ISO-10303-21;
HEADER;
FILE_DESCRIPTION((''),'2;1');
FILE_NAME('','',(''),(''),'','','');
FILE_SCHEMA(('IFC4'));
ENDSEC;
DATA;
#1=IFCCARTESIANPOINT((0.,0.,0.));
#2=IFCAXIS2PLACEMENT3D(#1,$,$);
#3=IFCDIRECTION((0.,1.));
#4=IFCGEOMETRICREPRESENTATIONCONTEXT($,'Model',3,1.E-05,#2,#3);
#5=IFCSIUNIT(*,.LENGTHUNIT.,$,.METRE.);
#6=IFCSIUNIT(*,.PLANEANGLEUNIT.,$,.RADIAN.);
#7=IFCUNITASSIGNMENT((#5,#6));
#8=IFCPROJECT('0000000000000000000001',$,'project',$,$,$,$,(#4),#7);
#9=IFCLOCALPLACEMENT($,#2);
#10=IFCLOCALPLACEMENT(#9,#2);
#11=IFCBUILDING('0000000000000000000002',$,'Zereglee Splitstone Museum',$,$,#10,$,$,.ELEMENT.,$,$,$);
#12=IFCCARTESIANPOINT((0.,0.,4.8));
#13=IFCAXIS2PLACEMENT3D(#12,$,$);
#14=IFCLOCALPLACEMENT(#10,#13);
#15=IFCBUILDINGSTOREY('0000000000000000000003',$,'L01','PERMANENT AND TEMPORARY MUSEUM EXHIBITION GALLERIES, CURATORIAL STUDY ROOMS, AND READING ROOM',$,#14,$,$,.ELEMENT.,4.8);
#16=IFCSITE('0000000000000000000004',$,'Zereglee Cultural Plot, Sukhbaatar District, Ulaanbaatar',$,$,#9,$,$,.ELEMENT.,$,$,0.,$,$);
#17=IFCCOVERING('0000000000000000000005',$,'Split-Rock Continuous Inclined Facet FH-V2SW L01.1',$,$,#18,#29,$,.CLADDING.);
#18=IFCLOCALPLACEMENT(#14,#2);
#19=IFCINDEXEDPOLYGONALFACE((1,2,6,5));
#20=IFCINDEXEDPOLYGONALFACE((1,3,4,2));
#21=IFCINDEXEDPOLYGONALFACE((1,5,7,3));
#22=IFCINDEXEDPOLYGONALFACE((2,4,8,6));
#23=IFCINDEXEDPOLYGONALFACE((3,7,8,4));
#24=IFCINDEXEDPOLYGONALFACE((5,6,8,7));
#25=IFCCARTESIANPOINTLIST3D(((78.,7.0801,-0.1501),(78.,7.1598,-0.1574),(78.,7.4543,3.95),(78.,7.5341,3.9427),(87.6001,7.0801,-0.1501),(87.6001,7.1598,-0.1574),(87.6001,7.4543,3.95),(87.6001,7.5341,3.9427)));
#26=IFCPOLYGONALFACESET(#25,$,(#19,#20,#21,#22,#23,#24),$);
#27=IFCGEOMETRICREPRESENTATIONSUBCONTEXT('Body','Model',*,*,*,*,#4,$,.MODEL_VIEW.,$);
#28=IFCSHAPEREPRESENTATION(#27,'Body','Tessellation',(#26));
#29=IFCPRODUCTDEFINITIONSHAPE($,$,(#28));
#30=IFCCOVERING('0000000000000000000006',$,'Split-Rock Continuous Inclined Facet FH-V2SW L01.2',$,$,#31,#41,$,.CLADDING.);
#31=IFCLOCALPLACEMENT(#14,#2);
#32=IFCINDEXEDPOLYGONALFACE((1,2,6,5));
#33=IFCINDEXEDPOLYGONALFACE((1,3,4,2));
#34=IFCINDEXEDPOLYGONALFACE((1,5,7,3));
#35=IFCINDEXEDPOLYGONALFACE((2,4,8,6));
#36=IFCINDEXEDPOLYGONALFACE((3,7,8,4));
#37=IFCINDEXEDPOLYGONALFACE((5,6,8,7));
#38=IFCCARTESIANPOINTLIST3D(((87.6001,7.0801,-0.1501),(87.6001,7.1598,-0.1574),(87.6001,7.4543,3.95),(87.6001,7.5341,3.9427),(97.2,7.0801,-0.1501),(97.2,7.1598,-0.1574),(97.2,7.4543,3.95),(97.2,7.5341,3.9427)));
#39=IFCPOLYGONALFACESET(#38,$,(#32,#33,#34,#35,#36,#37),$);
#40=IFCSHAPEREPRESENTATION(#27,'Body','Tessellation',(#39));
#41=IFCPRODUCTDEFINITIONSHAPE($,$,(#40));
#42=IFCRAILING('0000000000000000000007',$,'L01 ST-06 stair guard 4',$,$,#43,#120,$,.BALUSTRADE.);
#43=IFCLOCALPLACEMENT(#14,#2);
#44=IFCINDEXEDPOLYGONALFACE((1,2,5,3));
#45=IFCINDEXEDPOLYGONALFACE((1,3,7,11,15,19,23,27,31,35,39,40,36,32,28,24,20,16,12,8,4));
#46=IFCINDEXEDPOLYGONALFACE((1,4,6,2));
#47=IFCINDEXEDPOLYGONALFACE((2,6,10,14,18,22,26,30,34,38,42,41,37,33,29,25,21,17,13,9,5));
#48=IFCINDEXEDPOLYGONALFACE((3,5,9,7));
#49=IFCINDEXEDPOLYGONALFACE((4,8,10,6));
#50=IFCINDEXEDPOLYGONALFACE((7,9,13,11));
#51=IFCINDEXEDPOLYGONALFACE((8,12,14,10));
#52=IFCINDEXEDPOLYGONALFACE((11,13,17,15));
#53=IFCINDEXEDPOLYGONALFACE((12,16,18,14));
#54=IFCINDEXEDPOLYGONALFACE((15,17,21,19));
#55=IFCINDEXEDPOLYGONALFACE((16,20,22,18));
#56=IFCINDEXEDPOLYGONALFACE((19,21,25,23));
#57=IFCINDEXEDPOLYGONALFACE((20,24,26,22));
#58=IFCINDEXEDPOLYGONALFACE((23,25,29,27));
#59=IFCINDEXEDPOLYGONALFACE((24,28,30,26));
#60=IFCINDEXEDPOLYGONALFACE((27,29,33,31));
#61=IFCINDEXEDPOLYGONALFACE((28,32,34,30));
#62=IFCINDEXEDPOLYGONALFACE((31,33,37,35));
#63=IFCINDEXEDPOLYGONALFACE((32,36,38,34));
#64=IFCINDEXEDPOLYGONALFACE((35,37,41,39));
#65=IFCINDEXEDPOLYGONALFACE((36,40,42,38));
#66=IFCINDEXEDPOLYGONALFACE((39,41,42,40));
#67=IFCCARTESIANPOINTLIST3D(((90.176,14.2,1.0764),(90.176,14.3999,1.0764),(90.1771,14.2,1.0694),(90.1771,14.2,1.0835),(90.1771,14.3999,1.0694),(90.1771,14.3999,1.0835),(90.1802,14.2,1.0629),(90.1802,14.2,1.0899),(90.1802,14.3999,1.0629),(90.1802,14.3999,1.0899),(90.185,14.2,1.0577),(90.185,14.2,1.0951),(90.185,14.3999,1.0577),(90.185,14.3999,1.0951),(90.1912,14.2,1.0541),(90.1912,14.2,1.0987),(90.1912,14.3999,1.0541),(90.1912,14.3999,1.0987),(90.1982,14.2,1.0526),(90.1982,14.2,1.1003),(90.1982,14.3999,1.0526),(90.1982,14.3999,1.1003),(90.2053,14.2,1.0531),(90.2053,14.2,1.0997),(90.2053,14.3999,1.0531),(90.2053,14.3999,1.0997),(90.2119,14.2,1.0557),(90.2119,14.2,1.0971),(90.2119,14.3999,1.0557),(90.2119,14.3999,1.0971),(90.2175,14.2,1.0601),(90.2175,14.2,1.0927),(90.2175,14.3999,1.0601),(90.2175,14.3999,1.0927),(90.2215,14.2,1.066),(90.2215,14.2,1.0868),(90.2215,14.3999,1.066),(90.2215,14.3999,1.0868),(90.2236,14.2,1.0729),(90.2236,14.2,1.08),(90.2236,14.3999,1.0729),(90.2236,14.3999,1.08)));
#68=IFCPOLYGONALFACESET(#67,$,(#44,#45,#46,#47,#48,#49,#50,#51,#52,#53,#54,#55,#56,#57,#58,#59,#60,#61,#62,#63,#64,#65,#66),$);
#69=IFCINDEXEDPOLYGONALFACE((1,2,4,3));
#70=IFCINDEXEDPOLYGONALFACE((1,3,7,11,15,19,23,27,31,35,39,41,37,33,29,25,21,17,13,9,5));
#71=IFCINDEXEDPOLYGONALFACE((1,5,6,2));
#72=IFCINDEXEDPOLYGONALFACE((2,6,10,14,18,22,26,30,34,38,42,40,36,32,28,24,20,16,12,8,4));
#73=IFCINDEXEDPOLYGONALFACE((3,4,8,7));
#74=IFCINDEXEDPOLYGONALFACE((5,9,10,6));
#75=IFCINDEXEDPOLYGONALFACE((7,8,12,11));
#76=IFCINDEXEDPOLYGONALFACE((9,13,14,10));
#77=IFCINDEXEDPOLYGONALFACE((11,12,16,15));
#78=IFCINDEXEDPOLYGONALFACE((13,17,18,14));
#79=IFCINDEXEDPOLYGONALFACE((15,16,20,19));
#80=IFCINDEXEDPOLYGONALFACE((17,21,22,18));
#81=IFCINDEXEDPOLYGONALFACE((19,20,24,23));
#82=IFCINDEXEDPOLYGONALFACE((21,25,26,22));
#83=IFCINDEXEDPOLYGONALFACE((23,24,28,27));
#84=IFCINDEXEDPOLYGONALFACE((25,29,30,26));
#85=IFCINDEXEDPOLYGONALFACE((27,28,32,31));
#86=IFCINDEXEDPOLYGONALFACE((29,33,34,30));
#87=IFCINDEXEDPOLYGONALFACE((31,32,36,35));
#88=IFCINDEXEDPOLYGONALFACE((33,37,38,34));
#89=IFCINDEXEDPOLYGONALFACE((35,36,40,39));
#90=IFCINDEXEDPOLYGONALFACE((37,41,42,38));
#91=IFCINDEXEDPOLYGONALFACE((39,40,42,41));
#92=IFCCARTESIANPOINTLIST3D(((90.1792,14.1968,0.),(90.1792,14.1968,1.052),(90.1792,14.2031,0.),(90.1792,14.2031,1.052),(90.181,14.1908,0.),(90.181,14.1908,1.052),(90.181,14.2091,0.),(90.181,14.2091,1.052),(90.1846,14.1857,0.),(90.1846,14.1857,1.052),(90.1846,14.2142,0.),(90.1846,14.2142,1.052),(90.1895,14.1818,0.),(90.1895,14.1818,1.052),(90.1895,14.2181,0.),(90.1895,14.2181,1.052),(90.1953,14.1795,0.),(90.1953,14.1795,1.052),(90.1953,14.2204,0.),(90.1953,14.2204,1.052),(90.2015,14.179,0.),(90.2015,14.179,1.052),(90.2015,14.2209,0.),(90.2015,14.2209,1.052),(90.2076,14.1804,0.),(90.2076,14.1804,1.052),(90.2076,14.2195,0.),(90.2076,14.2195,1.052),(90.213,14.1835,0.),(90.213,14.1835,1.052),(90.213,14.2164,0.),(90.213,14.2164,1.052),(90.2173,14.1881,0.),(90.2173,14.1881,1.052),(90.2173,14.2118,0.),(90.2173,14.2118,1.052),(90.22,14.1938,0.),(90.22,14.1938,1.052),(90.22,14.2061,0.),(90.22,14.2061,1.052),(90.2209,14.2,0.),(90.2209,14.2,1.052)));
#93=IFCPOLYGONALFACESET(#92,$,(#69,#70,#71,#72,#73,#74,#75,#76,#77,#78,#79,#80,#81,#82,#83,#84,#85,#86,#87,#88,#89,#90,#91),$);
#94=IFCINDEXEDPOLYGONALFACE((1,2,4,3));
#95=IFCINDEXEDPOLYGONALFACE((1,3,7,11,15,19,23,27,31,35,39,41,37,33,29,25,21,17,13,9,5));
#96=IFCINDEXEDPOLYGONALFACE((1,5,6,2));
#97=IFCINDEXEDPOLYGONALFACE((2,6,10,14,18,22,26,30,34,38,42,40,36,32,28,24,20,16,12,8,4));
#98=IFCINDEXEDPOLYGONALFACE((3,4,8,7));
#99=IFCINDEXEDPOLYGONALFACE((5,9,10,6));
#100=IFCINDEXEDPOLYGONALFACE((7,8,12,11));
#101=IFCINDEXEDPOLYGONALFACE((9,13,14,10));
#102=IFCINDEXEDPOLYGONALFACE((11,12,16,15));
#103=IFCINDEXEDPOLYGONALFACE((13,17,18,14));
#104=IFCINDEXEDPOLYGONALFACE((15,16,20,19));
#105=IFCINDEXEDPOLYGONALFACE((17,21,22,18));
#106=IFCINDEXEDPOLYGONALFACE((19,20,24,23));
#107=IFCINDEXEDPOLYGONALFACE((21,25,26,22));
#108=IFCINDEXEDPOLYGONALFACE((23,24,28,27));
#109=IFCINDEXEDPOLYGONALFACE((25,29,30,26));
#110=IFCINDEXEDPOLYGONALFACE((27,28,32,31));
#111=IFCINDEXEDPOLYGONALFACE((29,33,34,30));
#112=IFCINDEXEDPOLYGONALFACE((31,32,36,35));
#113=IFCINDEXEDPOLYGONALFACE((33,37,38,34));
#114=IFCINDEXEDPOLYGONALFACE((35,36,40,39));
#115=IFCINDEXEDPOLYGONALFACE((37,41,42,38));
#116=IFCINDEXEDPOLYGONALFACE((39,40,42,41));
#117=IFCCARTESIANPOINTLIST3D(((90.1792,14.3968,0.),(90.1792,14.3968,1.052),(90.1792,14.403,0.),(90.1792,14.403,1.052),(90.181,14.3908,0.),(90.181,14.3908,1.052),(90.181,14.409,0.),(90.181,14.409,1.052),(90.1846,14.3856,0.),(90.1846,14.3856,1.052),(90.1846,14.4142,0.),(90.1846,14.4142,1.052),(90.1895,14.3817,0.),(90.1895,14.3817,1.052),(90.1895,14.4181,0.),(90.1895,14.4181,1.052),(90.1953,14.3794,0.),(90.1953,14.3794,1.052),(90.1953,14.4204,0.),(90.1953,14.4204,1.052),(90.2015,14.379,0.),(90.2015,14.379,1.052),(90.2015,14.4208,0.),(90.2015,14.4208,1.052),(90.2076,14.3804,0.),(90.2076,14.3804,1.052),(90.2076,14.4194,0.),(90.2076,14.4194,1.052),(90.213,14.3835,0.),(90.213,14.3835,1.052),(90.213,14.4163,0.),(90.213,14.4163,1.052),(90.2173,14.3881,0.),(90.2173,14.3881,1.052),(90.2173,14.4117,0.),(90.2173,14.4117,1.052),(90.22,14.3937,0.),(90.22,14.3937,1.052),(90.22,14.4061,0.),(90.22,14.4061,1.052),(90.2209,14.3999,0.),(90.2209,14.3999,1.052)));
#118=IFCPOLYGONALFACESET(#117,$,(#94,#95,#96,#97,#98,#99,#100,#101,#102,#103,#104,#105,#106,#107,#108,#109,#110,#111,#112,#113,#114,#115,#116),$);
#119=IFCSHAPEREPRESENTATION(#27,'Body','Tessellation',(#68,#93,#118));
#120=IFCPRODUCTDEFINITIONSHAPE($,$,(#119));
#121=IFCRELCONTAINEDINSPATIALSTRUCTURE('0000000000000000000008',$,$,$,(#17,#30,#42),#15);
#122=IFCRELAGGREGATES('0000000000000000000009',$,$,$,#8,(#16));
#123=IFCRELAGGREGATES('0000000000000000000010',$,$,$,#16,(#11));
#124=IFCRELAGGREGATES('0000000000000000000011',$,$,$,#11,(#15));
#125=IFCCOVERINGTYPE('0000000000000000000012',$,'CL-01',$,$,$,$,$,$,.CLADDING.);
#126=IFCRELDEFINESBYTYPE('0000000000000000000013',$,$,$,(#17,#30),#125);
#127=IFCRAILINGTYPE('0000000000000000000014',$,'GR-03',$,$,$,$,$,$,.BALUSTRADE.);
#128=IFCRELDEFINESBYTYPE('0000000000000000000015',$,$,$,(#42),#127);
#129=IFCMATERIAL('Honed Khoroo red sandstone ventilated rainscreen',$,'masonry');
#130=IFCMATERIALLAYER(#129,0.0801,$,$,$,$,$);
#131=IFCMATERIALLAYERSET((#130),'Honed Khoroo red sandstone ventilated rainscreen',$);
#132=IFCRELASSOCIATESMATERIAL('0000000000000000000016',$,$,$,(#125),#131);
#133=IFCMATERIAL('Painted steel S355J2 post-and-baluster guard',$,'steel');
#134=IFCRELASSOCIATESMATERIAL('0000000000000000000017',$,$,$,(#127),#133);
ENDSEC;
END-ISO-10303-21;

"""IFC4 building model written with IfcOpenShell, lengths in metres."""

from ifc_helpers import new_model, si_unit, direction, frame, origin, origin_2d, place, context, subcontext, project, spatial, polyline, circle, outline, extrude, material, layer, layer_set, type_object, element, save


model = new_model("IFC4")

# Units and contexts
model_context = context("Model", 3, precision=1e-05, world=origin(), true_north=direction((0.0, 1.0)))
body_context = subcontext(model_context, "Body", "Model", "MODEL_VIEW")
ifc_project = project(units=[si_unit("LENGTHUNIT", "METRE"), si_unit("PLANEANGLEUNIT", "RADIAN")], contexts=[model_context])

# Site, building, storey
site_placement = place(None, origin())
site = spatial("IfcSite", under=ifc_project, at=site_placement, Name="Zereglee Cultural Plot, Sukhbaatar District, Ulaanbaatar", CompositionType="ELEMENT", RefElevation=0.0)
building_placement = place(site_placement, origin())
building = spatial("IfcBuilding", under=site, at=building_placement, Name="Zereglee Splitstone Museum", CompositionType="ELEMENT")
storey_placement = place(building_placement, frame((0.0, 0.0, 4.8)))
storey = spatial("IfcBuildingStorey", under=building, at=storey_placement, Name="L01", Description="PERMANENT AND TEMPORARY MUSEUM EXHIBITION GALLERIES, CURATORIAL STUDY ROOMS, AND READING ROOM", CompositionType="ELEMENT", Elevation=4.8)

# Coverings
ifc_material_1 = material(Name="Honed Khoroo red sandstone ventilated rainscreen", Category="masonry")
ifc_layer_1 = layer(ifc_material_1, 0.0801)
ifc_layer_set_1 = layer_set([ifc_layer_1], Name="Honed Khoroo red sandstone ventilated rainscreen")
covering_type = type_object("IfcCoveringType", Name="CL-01", PredefinedType="CLADDING", material=ifc_layer_set_1)
covering_1_placement = place(storey_placement, frame((78.0, 7.0801, -0.1501), z_axis=(0.0, -0.99586, 0.090905), x_axis=(1.0, 0.0, 0.0)))
element("IfcCovering", 1, at=covering_1_placement, inside=storey, type_object=covering_type, Name="Split-Rock Continuous Inclined Facet FH-V2SW L01.1", PredefinedType="CLADDING", context=body_context, shape_type="SweptSolid", body=[
    extrude(outline(polyline([(0.0, 0.0), (9.6001, 0.0), (9.6001, 4.1171), (0.0, 4.1171), (0.0, 0.0)])), origin(), (0.0, 0.0, -1.0), 0.0801),
])
covering_2_placement = place(storey_placement, frame((87.6001, 7.0801, -0.1501), z_axis=(0.0, -0.99586, 0.090905), x_axis=(1.0, 0.0, 0.0)))
element("IfcCovering", 2, at=covering_2_placement, inside=storey, type_object=covering_type, Name="Split-Rock Continuous Inclined Facet FH-V2SW L01.2", PredefinedType="CLADDING", context=body_context, shape_type="SweptSolid", body=[
    extrude(outline(polyline([(0.0, 0.0), (9.5999, 0.0), (9.5999, 4.1171), (0.0, 4.1171), (0.0, 0.0)])), origin(), (0.0, 0.0, -1.0), 0.0801),
])

# Railing
ifc_material_2 = material(Name="Painted steel S355J2 post-and-baluster guard", Category="steel")
railing_type_1 = type_object("IfcRailingType", Name="GR-03", PredefinedType="BALUSTRADE", material=ifc_material_2)
railing_1_placement = place(storey_placement, frame((90.2, 14.2, 0.0)))
element("IfcRailing", 3, at=railing_1_placement, inside=storey, type_object=railing_type_1, Name="L01 ST-06 stair guard 4", PredefinedType="BALUSTRADE", context=body_context, shape_type="SweptSolid", body=[
    extrude(circle(Radius=0.0239, at=origin_2d()), frame((0.0, 0.0, 1.0764), z_axis=(0.0, 1.0, 0.0), x_axis=(-1.0, 0.0, 0.0)), (0.0, 0.0, 1.0), 0.2),
    extrude(circle(Radius=0.021, at=origin_2d()), origin(), (0.0, 0.0, 1.0), 1.052),
    extrude(circle(Radius=0.021, at=origin_2d()), frame((0.0, 0.2, 0.0)), (0.0, 0.0, 1.0), 1.052),
])

save(model, "model.ifc")
